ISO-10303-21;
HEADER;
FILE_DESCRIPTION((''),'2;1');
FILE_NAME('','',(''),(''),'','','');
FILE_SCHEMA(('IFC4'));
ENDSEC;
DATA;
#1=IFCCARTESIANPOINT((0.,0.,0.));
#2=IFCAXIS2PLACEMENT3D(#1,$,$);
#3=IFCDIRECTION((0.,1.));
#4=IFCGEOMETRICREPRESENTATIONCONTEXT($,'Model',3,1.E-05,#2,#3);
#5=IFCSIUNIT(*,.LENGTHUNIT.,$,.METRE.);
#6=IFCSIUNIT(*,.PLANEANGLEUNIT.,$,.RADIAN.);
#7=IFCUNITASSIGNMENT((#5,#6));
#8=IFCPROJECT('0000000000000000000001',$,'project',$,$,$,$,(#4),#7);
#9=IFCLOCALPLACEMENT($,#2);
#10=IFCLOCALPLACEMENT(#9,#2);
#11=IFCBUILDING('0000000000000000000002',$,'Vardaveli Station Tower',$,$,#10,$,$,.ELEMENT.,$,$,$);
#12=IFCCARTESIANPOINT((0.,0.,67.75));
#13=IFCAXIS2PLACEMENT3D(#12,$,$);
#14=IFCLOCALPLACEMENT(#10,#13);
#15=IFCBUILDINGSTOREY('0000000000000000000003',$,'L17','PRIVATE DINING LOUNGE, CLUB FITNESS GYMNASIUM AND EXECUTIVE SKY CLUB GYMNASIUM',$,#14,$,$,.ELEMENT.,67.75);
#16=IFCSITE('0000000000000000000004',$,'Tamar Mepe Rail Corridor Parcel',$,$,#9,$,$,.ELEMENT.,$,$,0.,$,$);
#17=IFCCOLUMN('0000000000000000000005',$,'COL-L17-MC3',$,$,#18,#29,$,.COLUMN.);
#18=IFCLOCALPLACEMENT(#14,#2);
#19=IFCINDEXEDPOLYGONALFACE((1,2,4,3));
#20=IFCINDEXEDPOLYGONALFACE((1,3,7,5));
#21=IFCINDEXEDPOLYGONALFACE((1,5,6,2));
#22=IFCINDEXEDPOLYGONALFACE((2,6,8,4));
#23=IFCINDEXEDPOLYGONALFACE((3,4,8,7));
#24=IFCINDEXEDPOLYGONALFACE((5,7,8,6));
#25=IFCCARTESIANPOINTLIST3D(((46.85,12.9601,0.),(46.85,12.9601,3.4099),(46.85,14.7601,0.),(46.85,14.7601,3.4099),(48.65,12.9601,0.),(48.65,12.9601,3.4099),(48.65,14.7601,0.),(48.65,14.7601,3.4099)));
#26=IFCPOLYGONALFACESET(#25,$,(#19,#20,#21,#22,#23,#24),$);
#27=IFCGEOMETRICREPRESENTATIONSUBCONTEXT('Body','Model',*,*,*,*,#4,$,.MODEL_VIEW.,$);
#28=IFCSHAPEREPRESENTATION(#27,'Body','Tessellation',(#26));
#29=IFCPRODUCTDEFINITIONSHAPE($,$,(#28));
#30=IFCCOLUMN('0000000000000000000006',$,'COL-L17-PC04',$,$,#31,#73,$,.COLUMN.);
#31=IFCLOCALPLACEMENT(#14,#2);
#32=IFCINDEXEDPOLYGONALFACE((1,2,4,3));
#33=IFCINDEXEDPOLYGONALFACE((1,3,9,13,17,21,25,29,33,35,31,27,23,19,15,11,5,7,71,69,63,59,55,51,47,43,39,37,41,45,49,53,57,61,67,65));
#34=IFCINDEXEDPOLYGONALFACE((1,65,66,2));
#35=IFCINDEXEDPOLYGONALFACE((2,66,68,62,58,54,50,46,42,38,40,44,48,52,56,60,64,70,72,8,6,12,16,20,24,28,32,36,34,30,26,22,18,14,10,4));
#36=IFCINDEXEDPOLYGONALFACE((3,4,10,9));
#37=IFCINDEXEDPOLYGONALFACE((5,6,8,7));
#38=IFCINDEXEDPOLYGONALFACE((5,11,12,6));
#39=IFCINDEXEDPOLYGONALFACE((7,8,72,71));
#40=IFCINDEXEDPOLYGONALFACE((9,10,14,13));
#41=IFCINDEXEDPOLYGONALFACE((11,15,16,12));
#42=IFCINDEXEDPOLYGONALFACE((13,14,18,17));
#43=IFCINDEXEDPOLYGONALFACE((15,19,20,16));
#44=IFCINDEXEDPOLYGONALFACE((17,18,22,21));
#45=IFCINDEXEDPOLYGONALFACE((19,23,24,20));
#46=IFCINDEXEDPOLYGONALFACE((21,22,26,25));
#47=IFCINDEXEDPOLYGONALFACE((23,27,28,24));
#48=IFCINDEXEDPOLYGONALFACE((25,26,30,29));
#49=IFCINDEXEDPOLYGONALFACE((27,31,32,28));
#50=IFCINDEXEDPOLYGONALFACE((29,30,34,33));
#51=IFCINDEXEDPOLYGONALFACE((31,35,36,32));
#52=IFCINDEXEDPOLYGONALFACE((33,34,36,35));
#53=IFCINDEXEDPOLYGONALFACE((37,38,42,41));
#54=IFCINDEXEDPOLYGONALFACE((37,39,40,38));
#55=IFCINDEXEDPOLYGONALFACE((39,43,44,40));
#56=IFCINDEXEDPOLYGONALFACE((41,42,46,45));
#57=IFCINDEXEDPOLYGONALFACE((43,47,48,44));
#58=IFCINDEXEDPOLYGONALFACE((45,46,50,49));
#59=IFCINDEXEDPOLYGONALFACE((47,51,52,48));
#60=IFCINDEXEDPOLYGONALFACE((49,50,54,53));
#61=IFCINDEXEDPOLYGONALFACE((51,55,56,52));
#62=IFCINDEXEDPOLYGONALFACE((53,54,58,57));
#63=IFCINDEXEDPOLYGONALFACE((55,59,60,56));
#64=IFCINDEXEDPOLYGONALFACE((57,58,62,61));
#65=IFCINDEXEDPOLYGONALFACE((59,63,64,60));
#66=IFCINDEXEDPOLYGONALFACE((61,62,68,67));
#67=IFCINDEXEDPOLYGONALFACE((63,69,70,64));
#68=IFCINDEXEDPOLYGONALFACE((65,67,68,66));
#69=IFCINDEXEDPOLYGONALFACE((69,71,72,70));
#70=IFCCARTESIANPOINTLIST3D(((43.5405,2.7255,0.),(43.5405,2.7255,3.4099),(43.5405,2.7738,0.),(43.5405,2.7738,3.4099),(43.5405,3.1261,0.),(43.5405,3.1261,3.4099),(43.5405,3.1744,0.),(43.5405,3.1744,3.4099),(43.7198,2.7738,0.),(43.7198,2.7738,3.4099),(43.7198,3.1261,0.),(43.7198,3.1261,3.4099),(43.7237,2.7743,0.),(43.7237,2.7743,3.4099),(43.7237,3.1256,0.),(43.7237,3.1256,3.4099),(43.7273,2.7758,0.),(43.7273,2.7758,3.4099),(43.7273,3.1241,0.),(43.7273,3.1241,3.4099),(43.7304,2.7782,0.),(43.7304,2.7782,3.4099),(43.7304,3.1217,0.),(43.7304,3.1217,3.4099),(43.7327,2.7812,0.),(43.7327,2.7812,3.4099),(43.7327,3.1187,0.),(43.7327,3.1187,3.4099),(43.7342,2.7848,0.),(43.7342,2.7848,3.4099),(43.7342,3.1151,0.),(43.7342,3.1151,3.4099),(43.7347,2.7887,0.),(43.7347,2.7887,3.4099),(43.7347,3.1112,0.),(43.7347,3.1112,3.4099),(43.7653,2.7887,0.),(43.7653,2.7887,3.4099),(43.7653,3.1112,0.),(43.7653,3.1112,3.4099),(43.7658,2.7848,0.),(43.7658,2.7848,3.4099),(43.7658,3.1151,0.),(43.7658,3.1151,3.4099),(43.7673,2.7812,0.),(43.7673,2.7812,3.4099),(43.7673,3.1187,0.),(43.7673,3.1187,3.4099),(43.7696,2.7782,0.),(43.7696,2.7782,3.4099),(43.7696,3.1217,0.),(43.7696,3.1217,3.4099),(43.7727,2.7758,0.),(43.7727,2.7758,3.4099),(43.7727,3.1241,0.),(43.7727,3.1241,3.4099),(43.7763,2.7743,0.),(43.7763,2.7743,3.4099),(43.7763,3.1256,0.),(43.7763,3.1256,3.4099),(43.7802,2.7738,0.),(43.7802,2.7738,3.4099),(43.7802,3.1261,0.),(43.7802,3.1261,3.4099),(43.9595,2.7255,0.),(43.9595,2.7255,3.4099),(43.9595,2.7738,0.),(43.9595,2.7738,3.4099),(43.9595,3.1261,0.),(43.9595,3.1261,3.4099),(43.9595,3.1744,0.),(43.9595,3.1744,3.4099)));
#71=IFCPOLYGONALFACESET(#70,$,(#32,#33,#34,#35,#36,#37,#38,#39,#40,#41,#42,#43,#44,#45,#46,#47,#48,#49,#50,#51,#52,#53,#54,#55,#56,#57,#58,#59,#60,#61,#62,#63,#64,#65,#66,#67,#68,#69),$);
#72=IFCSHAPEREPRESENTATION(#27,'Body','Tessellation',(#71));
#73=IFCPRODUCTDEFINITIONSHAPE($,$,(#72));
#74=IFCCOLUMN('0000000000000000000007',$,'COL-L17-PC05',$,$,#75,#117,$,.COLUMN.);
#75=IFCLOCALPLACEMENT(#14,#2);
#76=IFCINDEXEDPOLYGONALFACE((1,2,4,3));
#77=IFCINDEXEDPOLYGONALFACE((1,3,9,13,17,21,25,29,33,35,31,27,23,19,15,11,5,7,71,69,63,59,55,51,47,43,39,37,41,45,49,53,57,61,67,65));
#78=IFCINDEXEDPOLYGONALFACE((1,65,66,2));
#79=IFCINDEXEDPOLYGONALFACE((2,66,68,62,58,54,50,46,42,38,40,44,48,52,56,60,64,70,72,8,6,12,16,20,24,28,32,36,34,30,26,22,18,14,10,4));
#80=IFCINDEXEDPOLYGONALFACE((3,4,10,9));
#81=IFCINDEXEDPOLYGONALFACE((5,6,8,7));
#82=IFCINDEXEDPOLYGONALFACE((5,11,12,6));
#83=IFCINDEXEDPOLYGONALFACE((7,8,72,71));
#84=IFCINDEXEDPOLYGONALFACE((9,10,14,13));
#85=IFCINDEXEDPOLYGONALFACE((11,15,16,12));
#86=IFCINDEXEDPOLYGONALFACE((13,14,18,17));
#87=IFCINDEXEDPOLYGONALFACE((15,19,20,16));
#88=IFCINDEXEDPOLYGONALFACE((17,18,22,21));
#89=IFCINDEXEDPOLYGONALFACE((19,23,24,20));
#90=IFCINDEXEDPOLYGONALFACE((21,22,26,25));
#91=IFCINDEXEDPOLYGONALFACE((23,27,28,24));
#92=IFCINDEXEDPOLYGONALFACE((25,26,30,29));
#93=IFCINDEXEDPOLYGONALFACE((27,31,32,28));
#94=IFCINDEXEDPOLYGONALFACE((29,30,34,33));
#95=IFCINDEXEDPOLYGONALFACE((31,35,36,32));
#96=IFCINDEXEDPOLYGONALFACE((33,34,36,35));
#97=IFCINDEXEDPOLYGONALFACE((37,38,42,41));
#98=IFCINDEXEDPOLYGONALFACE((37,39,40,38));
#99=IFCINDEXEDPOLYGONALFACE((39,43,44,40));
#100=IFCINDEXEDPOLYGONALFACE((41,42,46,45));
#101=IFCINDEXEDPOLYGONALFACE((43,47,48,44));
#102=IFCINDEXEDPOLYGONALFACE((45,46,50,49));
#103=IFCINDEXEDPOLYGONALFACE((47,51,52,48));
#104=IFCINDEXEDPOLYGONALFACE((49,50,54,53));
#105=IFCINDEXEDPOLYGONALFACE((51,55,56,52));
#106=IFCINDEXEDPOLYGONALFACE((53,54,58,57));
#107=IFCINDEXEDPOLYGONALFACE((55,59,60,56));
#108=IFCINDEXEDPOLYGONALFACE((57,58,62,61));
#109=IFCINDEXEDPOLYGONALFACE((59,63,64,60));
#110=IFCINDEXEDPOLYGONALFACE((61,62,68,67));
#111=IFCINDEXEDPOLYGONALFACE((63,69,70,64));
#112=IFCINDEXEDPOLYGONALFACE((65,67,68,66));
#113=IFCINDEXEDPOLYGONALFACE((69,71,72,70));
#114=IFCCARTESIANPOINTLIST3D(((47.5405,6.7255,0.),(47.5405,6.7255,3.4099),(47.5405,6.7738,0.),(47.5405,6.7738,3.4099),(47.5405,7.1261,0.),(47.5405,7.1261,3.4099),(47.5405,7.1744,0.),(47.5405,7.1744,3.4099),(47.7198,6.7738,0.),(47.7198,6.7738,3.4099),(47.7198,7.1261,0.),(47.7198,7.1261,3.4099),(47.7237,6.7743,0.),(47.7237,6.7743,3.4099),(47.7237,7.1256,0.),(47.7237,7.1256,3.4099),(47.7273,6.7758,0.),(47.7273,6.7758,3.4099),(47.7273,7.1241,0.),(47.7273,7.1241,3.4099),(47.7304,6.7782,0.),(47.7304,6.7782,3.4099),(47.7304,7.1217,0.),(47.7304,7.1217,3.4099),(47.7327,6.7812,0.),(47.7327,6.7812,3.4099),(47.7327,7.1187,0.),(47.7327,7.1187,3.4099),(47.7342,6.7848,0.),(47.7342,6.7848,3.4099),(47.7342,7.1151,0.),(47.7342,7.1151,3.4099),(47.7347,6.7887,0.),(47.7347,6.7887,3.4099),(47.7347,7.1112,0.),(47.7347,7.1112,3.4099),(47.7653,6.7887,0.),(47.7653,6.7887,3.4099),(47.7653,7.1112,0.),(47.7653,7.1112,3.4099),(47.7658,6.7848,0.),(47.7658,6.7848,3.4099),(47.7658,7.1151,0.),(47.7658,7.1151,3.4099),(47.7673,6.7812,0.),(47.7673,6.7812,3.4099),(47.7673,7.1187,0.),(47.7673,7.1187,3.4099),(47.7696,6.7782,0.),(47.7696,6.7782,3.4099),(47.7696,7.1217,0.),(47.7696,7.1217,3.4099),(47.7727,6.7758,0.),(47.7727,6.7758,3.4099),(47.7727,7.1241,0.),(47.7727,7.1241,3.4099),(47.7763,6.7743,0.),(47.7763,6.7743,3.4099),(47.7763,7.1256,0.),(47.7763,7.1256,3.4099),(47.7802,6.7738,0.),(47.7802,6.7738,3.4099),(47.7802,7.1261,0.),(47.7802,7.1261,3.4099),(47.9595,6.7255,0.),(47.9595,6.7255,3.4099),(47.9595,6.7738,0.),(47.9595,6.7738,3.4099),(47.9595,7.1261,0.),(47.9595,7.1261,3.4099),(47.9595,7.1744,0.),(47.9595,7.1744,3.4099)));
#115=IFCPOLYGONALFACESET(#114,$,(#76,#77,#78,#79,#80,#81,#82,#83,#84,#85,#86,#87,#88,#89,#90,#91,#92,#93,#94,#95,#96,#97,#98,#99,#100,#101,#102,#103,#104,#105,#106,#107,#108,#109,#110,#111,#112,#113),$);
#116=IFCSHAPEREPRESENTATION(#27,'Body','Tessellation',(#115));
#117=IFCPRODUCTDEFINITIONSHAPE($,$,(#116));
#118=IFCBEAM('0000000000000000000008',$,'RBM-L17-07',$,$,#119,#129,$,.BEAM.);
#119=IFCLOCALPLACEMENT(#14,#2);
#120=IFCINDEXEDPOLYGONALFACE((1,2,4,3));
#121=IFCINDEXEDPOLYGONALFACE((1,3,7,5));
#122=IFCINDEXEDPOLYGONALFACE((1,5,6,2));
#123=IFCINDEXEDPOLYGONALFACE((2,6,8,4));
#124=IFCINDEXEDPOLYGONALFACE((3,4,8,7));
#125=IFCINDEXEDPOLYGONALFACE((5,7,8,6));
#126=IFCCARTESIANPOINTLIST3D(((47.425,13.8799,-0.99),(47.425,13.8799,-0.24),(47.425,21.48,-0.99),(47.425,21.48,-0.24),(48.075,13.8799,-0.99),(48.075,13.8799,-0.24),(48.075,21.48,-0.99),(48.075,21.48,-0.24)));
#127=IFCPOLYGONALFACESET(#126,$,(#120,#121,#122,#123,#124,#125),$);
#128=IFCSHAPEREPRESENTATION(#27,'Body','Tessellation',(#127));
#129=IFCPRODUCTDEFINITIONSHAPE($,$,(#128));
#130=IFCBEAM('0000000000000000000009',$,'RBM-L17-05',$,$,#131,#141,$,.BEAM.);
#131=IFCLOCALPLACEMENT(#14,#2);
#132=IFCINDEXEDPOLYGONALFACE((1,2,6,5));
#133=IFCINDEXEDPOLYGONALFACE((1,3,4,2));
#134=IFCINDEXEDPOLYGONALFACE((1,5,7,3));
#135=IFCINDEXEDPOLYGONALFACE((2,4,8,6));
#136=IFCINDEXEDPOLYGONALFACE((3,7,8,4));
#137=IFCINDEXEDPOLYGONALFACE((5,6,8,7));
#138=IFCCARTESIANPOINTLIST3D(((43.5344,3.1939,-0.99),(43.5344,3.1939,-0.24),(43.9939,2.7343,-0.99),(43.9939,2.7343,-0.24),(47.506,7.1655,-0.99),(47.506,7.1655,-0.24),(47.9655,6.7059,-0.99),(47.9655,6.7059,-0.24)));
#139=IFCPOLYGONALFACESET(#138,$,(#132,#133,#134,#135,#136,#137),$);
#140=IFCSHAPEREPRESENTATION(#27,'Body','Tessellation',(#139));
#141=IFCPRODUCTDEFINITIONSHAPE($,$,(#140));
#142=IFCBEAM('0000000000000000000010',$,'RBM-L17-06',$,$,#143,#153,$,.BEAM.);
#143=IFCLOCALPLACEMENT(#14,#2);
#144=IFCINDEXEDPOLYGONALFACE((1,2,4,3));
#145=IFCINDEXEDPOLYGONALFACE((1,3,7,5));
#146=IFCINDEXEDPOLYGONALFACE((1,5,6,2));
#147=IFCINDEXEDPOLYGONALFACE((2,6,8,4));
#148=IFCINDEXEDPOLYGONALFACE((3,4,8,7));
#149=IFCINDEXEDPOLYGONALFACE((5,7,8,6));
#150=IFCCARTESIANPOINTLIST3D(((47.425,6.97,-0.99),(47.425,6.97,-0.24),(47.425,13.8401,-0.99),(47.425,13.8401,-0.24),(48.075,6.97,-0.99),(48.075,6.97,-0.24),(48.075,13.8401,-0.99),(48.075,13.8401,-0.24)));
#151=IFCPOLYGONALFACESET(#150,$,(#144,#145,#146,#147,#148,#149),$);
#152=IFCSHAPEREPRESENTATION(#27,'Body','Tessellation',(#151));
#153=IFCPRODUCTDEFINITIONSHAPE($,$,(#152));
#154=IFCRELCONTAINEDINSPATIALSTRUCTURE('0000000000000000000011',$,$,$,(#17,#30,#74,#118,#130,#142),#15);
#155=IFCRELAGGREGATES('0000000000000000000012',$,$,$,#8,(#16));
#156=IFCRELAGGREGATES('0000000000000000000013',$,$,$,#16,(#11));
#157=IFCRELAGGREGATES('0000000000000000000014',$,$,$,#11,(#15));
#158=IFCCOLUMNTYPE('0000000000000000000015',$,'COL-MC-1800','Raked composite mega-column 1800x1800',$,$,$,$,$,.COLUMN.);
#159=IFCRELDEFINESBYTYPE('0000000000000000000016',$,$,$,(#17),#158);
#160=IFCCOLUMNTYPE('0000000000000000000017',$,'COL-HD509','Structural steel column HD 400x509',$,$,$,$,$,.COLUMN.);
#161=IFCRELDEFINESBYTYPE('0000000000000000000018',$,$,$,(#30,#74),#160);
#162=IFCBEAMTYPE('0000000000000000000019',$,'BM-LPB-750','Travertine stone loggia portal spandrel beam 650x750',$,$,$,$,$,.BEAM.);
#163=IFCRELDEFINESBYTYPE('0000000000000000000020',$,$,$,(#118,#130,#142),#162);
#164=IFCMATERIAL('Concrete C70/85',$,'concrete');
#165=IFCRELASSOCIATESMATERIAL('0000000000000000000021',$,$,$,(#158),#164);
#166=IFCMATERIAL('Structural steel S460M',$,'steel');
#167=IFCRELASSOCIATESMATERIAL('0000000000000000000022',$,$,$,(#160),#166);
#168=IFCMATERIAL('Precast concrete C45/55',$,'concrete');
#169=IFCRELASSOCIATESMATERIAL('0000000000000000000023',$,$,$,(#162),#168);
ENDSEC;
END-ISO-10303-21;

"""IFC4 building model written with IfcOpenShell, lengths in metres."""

from ifc_helpers import new_model, si_unit, direction, frame, origin, origin_2d, place, context, subcontext, project, spatial, rectangle, i_section, extrude, source, transform, mapped, material, material_profile, profile_set, type_object, element, save


model = new_model("IFC4")

# Units and contexts
model_context = context("Model", 3, precision=1e-05, world=origin(), true_north=direction((0.0, 1.0)))
body_context = subcontext(model_context, "Body", "Model", "MODEL_VIEW")
ifc_project = project(units=[si_unit("LENGTHUNIT", "METRE"), si_unit("PLANEANGLEUNIT", "RADIAN")], contexts=[model_context])

# Site, building, storey
site_placement = place(None, origin())
site = spatial("IfcSite", under=ifc_project, at=site_placement, Name="Tamar Mepe Rail Corridor Parcel", CompositionType="ELEMENT", RefElevation=0.0)
building_placement = place(site_placement, origin())
building = spatial("IfcBuilding", under=site, at=building_placement, Name="Vardaveli Station Tower", CompositionType="ELEMENT")
storey_placement = place(building_placement, frame((0.0, 0.0, 67.75)))
storey = spatial("IfcBuildingStorey", under=building, at=storey_placement, Name="L17", Description="PRIVATE DINING LOUNGE, CLUB FITNESS GYMNASIUM AND EXECUTIVE SKY CLUB GYMNASIUM", CompositionType="ELEMENT", Elevation=67.75)

# Columns
ifc_material_1 = material(Name="Concrete C70/85", Category="concrete")
ifc_material_profile_1 = material_profile(ifc_material_1, rectangle(XDim=1.8, YDim=1.8, at=origin_2d()), Name="MC 1800x1800")
ifc_profile_set_1 = profile_set([ifc_material_profile_1], Name="Concrete C70/85")
column_type_1 = type_object("IfcColumnType", Name="COL-MC-1800", Description="Raked composite mega-column 1800x1800", PredefinedType="COLUMN", material=ifc_profile_set_1)
shared_shape_1 = source(origin(), body_context, "Body", "SweptSolid", [
    extrude(rectangle(XDim=1.8, YDim=1.8, at=origin_2d()), origin(), (0.0, 0.0, 1.0), 3.4099),
])
column_placement = place(storey_placement, frame((47.75, 13.8601, 0.0), z_axis=(0.0, 0.0, 1.0), x_axis=(1.0, 0.0, 0.0)))
element("IfcColumn", 1, at=column_placement, inside=storey, type_object=column_type_1, Name="COL-L17-MC3", PredefinedType="COLUMN", context=body_context, shape_type="MappedRepresentation", body=[
    mapped(shared_shape_1, transform((0.0, 0.0, 0.0), scale=1.0)),
])
ifc_material_2 = material(Name="Structural steel S460M", Category="steel")
ifc_material_profile_2 = material_profile(ifc_material_2, i_section(OverallWidth=0.4189, OverallDepth=0.449, WebThickness=0.0305, FlangeThickness=0.0483, FilletRadius=0.0149, at=origin_2d()), Name="HD 400x509")
ifc_profile_set_2 = profile_set([ifc_material_profile_2], Name="Structural steel S460M")
column_type_2 = type_object("IfcColumnType", Name="COL-HD509", Description="Structural steel column HD 400x509", PredefinedType="COLUMN", material=ifc_profile_set_2)
shared_shape_2 = source(origin(), body_context, "Body", "SweptSolid", [
    extrude(i_section(OverallWidth=0.4189, OverallDepth=0.449, WebThickness=0.0305, FlangeThickness=0.0483, FilletRadius=0.0149, at=origin_2d()), origin(), (0.0, 0.0, 1.0), 3.4099),
])
for number, where, z_axis, x_axis, name in (
    (2, (43.75, 2.95, 0.0), (0.0, 0.0, 1.0), (1.0, 0.0, 0.0), "COL-L17-PC04"),
    (3, (47.75, 6.95, 0.0), (0.0, 0.0, 1.0), (1.0, 0.0, 0.0), "COL-L17-PC05"),
):
    element("IfcColumn", number, at=place(storey_placement, frame(where, z_axis=z_axis, x_axis=x_axis)), inside=storey, type_object=column_type_2, Name=name, PredefinedType="COLUMN", context=body_context, shape_type="MappedRepresentation", body=[
        mapped(shared_shape_2, transform((0.0, 0.0, 0.0), scale=1.0)),
    ])

# Beams
ifc_material_3 = material(Name="Precast concrete C45/55", Category="concrete")
ifc_material_profile_3 = material_profile(ifc_material_3, rectangle(XDim=0.6499, YDim=0.75, at=origin_2d()), Name="LPB 650x750")
ifc_profile_set_3 = profile_set([ifc_material_profile_3], Name="Precast concrete C45/55")
beam_type_1 = type_object("IfcBeamType", Name="BM-LPB-750", Description="Travertine stone loggia portal spandrel beam 650x750", PredefinedType="BEAM", material=ifc_profile_set_3)
shared_shape_3 = source(origin(), body_context, "Body", "SweptSolid", [
    extrude(rectangle(XDim=0.6499, YDim=0.75, at=origin_2d()), origin(), (0.0, 0.0, 1.0), 7.6001),
])
beam_1_placement = place(storey_placement, frame((47.75, 13.8799, -0.615), z_axis=(0.0, 1.0, 0.0), x_axis=(-1.0, 0.0, 0.0)))
element("IfcBeam", 4, at=beam_1_placement, inside=storey, type_object=beam_type_1, Name="RBM-L17-07", PredefinedType="BEAM", context=body_context, shape_type="MappedRepresentation", body=[
    mapped(shared_shape_3, transform((0.0, 0.0, 0.0), scale=1.0)),
])
shared_shape_4 = source(origin(), body_context, "Body", "SweptSolid", [
    extrude(rectangle(XDim=0.6499, YDim=0.75, at=origin_2d()), origin(), (0.0, 0.0, 1.0), 5.6167),
])
beam_2_placement = place(storey_placement, frame((43.7642, 2.9641, -0.615), z_axis=(0.707107, 0.707107, 0.0), x_axis=(-0.707107, 0.707107, 0.0)))
element("IfcBeam", 5, at=beam_2_placement, inside=storey, type_object=beam_type_1, Name="RBM-L17-05", PredefinedType="BEAM", context=body_context, shape_type="MappedRepresentation", body=[
    mapped(shared_shape_4, transform((0.0, 0.0, 0.0), scale=1.0)),
])
shared_shape_5 = source(origin(), body_context, "Body", "SweptSolid", [
    extrude(rectangle(XDim=0.6499, YDim=0.75, at=origin_2d()), origin(), (0.0, 0.0, 1.0), 6.8701),
])
beam_3_placement = place(storey_placement, frame((47.75, 6.97, -0.615), z_axis=(0.0, 1.0, 0.0), x_axis=(-1.0, 0.0, 0.0)))
element("IfcBeam", 6, at=beam_3_placement, inside=storey, type_object=beam_type_1, Name="RBM-L17-06", PredefinedType="BEAM", context=body_context, shape_type="MappedRepresentation", body=[
    mapped(shared_shape_5, transform((0.0, 0.0, 0.0), scale=1.0)),
])

save(model, "model.ifc")
